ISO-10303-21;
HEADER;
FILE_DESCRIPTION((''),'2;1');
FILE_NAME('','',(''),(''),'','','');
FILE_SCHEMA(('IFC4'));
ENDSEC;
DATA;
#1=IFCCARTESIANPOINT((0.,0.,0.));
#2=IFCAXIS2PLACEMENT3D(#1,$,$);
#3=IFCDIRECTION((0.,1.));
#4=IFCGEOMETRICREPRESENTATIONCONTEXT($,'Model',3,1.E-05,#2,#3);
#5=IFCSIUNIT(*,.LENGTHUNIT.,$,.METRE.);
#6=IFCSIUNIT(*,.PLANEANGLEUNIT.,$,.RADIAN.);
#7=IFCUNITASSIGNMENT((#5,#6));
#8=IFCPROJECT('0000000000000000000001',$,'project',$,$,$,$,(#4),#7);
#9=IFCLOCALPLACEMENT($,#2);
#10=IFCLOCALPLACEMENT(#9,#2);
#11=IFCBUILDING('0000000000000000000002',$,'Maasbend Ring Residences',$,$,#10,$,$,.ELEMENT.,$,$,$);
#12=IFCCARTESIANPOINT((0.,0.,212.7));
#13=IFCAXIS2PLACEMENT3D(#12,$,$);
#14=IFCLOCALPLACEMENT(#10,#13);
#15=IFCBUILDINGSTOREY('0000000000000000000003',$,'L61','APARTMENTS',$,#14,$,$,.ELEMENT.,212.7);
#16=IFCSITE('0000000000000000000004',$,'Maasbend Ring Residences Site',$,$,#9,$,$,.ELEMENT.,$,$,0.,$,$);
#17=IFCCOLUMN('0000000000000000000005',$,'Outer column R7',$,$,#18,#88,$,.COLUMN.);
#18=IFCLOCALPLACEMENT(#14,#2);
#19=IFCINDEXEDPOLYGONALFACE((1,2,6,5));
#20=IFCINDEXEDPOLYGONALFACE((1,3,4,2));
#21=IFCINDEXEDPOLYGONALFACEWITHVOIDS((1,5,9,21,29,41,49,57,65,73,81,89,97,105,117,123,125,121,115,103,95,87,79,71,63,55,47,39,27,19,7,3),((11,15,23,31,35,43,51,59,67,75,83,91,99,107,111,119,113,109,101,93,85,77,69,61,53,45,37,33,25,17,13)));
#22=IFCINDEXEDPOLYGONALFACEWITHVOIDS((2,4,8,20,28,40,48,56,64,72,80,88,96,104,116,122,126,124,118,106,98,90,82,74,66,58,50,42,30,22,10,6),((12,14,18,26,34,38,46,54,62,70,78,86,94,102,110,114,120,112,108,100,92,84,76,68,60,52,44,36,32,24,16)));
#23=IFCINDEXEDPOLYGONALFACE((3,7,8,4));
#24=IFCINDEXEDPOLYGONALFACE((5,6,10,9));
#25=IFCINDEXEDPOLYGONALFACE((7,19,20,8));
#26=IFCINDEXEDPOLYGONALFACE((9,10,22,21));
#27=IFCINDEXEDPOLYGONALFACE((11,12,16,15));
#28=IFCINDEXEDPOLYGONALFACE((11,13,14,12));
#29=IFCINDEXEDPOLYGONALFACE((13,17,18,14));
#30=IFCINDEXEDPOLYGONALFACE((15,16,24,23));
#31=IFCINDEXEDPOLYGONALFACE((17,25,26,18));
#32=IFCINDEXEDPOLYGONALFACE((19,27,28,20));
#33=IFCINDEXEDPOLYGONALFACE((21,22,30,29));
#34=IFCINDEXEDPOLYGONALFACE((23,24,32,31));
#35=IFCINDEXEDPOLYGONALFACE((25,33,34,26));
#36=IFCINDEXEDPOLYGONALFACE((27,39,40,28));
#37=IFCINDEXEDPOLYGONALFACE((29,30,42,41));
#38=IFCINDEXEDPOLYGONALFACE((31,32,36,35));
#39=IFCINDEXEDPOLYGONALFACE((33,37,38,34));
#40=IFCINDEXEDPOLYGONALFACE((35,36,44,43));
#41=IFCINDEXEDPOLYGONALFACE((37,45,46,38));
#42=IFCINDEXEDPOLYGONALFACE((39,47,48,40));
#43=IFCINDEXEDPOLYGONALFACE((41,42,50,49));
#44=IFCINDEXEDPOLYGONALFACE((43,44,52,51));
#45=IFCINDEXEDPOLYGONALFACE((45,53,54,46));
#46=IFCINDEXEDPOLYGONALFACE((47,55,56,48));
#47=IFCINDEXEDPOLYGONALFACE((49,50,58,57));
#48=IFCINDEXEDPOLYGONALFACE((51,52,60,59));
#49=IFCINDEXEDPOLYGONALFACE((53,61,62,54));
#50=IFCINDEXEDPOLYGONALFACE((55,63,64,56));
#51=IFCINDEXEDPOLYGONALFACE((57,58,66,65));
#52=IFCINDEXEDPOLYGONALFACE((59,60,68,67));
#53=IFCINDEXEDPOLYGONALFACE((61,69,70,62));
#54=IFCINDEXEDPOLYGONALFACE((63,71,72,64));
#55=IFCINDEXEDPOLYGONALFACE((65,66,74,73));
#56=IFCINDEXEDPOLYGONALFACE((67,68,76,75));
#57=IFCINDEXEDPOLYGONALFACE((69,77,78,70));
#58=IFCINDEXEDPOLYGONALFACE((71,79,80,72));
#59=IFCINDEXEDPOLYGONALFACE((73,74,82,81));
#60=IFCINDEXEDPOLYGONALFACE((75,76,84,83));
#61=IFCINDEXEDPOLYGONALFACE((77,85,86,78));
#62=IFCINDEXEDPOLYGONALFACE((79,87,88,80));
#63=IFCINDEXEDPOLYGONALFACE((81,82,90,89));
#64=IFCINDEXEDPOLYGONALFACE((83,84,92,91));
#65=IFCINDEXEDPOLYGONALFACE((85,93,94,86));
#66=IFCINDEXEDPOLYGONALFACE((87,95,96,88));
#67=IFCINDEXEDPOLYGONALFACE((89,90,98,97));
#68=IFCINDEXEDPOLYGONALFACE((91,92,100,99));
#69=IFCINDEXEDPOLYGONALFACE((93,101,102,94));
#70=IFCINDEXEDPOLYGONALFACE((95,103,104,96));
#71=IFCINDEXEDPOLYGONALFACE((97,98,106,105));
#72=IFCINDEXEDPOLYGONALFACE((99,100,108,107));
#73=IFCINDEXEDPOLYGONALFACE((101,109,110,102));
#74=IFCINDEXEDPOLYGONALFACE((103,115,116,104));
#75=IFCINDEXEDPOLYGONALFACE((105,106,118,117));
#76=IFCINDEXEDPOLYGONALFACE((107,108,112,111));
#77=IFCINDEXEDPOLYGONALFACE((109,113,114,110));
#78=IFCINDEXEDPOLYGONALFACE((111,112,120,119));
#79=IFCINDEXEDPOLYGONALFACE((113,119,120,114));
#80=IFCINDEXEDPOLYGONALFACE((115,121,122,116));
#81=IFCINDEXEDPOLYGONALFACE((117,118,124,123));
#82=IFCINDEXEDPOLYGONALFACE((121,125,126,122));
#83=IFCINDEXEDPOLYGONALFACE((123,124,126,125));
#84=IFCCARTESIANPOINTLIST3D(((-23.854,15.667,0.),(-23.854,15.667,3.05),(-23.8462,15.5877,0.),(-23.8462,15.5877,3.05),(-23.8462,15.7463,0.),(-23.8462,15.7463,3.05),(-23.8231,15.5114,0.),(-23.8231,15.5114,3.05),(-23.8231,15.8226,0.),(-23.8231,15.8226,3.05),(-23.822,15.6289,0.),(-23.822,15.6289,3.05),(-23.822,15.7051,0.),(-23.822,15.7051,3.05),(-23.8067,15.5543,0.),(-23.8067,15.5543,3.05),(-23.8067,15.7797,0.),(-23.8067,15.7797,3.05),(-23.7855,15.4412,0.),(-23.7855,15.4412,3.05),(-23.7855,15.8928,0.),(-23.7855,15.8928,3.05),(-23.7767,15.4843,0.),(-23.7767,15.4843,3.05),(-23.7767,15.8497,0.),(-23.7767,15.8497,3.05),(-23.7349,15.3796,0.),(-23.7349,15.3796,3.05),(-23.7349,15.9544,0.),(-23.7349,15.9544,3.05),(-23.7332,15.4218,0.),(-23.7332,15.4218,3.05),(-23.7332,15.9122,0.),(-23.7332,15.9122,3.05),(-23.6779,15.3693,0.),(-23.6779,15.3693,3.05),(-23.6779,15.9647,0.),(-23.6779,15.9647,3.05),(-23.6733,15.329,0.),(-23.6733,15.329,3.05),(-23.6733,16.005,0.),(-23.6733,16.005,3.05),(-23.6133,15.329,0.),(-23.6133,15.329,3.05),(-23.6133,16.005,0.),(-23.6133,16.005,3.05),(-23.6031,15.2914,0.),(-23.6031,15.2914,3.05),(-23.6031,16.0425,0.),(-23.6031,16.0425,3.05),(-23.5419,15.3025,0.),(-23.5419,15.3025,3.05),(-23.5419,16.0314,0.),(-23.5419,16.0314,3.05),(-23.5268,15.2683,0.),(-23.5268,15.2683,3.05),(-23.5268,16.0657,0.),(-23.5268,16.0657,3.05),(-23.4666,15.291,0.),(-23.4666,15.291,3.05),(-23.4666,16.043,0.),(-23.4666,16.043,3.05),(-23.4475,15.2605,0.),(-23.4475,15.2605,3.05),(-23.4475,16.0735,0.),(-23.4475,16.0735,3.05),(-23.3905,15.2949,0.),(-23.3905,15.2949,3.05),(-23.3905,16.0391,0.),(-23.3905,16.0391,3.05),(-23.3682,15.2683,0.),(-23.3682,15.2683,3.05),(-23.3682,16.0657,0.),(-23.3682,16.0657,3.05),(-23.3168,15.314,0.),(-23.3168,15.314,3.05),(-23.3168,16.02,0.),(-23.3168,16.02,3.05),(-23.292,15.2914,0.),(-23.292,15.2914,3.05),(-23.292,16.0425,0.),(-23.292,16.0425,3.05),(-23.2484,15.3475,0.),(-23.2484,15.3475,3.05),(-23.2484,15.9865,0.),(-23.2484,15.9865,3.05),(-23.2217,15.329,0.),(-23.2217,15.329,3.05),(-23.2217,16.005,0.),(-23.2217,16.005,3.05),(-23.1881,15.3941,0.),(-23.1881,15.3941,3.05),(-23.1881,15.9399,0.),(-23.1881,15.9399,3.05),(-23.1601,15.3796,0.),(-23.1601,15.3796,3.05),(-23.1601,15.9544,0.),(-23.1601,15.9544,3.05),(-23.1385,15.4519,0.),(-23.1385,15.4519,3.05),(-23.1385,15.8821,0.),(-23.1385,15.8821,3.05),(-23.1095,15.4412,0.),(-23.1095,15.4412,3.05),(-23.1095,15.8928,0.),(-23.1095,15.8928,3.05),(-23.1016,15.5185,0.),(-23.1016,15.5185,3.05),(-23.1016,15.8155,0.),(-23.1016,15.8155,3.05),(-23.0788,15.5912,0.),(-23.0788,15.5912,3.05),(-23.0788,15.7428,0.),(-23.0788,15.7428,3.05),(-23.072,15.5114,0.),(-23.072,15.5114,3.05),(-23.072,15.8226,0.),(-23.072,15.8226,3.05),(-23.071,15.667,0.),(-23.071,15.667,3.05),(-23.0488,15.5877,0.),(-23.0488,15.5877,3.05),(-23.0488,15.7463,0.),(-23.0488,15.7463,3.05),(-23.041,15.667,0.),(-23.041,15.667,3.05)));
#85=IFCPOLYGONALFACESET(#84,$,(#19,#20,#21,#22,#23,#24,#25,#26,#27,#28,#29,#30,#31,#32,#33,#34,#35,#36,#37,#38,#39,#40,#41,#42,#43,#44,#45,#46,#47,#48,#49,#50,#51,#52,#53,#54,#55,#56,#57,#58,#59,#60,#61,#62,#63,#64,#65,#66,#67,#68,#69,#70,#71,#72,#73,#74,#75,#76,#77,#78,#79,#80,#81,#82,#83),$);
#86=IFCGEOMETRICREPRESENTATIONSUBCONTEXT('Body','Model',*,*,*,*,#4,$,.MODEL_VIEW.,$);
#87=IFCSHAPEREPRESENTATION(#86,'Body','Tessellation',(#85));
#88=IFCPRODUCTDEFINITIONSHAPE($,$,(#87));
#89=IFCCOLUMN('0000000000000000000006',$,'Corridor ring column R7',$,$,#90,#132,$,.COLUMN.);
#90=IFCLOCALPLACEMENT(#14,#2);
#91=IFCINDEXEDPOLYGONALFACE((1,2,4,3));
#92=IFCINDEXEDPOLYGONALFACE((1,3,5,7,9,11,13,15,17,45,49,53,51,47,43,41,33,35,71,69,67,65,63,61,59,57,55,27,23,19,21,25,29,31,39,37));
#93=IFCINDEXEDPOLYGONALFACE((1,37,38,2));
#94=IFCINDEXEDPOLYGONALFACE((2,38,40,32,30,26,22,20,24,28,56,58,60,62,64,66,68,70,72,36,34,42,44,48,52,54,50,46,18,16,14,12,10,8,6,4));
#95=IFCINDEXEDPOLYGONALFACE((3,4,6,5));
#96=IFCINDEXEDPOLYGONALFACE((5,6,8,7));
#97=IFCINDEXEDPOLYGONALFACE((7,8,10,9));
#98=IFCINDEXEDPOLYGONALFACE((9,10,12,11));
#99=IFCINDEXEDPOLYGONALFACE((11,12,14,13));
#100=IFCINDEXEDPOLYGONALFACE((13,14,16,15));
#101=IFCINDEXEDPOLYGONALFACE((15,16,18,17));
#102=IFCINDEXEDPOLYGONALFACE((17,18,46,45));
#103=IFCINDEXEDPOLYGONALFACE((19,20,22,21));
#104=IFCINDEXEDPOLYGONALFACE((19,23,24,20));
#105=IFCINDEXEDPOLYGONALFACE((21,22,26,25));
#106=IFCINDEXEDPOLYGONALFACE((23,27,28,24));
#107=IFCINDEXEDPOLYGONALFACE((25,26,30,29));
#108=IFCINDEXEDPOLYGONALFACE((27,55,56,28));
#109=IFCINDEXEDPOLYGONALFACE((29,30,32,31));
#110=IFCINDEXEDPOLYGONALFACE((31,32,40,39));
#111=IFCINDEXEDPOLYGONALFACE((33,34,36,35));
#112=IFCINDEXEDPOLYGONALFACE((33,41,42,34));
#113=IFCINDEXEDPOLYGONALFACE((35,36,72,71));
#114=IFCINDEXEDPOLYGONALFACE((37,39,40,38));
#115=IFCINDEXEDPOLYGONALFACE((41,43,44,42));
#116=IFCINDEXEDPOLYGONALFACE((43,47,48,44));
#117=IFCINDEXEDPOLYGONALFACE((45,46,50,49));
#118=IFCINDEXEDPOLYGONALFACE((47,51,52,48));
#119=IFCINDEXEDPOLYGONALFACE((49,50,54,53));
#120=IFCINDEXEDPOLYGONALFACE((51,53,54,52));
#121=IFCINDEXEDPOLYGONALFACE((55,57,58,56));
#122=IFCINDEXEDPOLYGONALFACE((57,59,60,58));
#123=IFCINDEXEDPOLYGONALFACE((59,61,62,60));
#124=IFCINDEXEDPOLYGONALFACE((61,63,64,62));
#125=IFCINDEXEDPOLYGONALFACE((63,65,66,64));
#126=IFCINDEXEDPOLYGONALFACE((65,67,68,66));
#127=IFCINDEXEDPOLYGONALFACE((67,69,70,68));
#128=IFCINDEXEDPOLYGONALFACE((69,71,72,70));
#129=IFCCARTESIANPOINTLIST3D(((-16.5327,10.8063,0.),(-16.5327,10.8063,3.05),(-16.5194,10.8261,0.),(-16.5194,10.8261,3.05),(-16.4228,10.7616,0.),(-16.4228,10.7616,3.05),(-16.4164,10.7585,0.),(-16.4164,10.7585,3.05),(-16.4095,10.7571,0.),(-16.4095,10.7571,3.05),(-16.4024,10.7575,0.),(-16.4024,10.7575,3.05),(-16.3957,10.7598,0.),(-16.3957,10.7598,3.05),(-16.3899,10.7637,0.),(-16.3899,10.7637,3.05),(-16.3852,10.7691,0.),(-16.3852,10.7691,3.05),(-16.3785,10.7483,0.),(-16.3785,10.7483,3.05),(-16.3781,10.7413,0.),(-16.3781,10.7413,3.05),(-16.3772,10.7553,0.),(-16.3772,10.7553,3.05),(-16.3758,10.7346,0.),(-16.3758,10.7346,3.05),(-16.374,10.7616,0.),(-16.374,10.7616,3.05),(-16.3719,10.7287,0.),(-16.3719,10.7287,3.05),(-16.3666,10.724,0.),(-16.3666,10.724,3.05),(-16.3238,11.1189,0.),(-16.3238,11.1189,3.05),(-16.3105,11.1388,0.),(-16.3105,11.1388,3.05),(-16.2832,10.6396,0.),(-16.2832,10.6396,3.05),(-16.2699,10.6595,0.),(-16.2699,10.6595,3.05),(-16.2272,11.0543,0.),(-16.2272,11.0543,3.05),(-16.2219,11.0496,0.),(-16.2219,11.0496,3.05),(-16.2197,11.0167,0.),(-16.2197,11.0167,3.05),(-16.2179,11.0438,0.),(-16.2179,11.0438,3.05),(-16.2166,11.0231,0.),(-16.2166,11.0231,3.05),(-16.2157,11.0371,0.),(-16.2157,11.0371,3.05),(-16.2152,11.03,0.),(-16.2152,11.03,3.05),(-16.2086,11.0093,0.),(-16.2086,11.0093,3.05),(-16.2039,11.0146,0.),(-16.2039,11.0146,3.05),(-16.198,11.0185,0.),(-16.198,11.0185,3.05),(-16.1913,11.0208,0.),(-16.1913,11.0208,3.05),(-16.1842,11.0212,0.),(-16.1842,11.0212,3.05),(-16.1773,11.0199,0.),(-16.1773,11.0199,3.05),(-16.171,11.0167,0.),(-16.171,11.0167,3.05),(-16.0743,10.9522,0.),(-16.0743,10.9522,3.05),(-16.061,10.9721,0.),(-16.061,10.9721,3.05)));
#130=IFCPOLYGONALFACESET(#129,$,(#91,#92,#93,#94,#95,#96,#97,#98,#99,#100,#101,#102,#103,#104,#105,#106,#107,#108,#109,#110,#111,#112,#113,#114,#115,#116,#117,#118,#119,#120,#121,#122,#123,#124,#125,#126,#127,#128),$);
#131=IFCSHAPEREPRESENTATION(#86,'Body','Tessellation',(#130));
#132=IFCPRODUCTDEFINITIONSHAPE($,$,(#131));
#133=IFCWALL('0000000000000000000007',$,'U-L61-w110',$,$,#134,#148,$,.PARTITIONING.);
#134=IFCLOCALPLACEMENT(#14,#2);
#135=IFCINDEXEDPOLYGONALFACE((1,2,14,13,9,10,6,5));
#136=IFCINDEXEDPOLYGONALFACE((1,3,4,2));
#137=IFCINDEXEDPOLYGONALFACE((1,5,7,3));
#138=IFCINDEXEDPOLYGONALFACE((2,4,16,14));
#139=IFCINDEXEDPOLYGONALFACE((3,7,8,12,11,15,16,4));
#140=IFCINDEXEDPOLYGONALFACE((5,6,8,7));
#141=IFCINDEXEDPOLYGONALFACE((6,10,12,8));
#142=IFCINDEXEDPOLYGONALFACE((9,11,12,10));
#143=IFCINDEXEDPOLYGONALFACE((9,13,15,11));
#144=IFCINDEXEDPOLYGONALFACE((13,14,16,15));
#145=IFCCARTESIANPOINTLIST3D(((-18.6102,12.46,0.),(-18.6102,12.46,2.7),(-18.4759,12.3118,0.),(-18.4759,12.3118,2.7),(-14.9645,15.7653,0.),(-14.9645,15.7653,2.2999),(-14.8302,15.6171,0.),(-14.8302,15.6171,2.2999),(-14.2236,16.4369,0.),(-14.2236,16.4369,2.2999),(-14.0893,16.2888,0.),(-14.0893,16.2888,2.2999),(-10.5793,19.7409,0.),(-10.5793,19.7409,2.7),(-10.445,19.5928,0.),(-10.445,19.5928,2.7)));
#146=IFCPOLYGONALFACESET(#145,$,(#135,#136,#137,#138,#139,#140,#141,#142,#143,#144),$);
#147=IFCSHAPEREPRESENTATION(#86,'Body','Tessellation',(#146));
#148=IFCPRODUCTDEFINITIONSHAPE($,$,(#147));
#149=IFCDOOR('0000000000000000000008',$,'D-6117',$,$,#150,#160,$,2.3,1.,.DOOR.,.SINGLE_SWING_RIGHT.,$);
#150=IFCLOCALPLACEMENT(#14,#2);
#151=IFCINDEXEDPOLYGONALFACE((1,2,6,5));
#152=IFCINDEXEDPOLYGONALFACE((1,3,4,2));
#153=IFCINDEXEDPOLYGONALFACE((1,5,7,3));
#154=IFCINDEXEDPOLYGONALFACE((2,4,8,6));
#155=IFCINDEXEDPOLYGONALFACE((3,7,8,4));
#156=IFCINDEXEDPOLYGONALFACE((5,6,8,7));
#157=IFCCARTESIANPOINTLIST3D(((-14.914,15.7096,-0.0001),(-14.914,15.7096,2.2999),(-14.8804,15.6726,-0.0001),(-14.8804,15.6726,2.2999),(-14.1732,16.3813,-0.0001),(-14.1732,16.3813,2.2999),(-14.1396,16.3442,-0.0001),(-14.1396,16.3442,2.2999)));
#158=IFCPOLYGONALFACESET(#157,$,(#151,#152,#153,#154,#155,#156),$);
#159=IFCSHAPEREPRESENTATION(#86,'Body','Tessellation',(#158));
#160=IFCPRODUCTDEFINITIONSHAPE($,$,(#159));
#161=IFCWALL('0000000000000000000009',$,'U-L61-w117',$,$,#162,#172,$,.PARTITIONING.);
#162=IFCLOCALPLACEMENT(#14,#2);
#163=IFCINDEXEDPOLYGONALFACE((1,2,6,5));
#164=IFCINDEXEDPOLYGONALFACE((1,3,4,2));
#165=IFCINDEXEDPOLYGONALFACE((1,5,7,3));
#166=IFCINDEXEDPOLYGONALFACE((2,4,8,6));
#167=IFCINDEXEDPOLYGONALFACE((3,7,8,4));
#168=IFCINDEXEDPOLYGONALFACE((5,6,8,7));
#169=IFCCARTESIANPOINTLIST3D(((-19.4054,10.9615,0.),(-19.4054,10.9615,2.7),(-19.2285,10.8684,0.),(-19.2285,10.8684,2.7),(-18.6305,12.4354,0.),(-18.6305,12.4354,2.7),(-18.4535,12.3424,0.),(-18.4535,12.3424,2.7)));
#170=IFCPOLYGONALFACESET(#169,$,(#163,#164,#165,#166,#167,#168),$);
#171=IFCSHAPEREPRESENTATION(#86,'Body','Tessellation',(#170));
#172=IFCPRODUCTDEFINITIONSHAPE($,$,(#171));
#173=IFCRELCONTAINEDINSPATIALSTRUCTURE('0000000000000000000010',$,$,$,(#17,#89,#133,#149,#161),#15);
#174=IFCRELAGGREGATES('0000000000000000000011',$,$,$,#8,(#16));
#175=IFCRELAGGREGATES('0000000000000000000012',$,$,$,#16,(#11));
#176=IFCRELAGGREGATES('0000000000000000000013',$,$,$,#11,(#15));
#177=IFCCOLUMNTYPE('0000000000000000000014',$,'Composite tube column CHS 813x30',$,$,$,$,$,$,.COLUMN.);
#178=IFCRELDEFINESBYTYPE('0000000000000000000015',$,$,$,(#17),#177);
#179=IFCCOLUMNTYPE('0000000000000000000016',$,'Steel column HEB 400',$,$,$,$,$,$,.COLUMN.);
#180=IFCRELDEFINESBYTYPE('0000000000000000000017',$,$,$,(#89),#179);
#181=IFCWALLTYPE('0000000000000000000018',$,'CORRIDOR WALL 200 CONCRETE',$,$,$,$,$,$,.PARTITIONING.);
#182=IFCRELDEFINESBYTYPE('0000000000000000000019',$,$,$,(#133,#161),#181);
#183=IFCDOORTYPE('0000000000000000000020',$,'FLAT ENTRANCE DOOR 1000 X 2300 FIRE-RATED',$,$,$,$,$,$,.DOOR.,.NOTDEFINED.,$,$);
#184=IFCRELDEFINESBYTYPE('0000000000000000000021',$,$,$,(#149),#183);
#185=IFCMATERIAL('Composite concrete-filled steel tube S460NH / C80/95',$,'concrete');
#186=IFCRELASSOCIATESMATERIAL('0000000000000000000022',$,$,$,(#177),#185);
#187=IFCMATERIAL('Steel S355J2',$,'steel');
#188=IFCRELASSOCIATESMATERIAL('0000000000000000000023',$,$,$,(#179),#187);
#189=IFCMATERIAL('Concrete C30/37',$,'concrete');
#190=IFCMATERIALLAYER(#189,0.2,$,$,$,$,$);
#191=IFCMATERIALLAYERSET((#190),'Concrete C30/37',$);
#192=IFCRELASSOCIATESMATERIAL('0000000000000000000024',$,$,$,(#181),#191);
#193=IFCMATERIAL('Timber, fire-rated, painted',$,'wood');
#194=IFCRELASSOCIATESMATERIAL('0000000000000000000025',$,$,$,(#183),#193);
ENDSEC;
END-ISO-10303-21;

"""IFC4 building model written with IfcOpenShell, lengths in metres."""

from ifc_helpers import new_model, si_unit, direction, frame, frame_2d, origin, origin_2d, place, context, subcontext, project, spatial, rectangle, hollow_circle, i_section, extrude, material, layer, layer_set, material_profile, profile_set, type_object, element, fill, save


model = new_model("IFC4")

# Units and contexts
model_context = context("Model", 3, precision=1e-05, world=origin(), true_north=direction((0.0, 1.0)))
body_context = subcontext(model_context, "Body", "Model", "MODEL_VIEW")
ifc_project = project(units=[si_unit("LENGTHUNIT", "METRE"), si_unit("PLANEANGLEUNIT", "RADIAN")], contexts=[model_context])

# Site, building, storey
site_placement = place(None, origin())
site = spatial("IfcSite", under=ifc_project, at=site_placement, Name="Maasbend Ring Residences Site", CompositionType="ELEMENT", RefElevation=0.0)
building_placement = place(site_placement, origin())
building = spatial("IfcBuilding", under=site, at=building_placement, Name="Maasbend Ring Residences", CompositionType="ELEMENT")
storey_placement = place(building_placement, frame((0.0, 0.0, 212.7)))
storey = spatial("IfcBuildingStorey", under=building, at=storey_placement, Name="L61", Description="APARTMENTS", CompositionType="ELEMENT", Elevation=212.7)

# Columns
ifc_material_1 = material(Name="Composite concrete-filled steel tube S460NH / C80/95", Category="concrete")
ifc_material_profile_1 = material_profile(ifc_material_1, hollow_circle(Radius=0.4065, WallThickness=0.03, at=origin_2d()), Name="Composite tube column CHS 813x30")
ifc_profile_set_1 = profile_set([ifc_material_profile_1], Name="Composite concrete-filled steel tube S460NH / C80/95")
column_type_1 = type_object("IfcColumnType", Name="Composite tube column CHS 813x30", PredefinedType="COLUMN", material=ifc_profile_set_1)
column_1_placement = place(storey_placement, frame((-23.4475, 15.667, 0.0), z_axis=(0.0, 0.0, 1.0), x_axis=(1.0, 0.0, 0.0)))
element("IfcColumn", 1, at=column_1_placement, inside=storey, type_object=column_type_1, Name="Outer column R7", PredefinedType="COLUMN", context=body_context, shape_type="SweptSolid", body=[
    extrude(hollow_circle(Radius=0.4065, WallThickness=0.03, at=origin_2d()), origin(), (0.0, 0.0, 1.0), 3.05),
])
ifc_material_2 = material(Name="Steel S355J2", Category="steel")
ifc_material_profile_2 = material_profile(ifc_material_2, i_section(OverallWidth=0.3, OverallDepth=0.3999, WebThickness=0.0134, FlangeThickness=0.0239, FilletRadius=0.0271, at=origin_2d()), Name="HEB 400")
ifc_profile_set_2 = profile_set([ifc_material_profile_2], Name="Steel S355J2")
column_type_2 = type_object("IfcColumnType", Name="Steel column HEB 400", PredefinedType="COLUMN", material=ifc_profile_set_2)
column_2_placement = place(storey_placement, frame((-16.2969, 10.8892, 0.0), z_axis=(0.0, 0.0, 1.0), x_axis=(-0.83147, 0.55557, 0.0)))
element("IfcColumn", 2, at=column_2_placement, inside=storey, type_object=column_type_2, Name="Corridor ring column R7", PredefinedType="COLUMN", context=body_context, shape_type="SweptSolid", body=[
    extrude(i_section(OverallWidth=0.3, OverallDepth=0.3999, WebThickness=0.0134, FlangeThickness=0.0239, FilletRadius=0.0271, at=origin_2d()), origin(), (0.0, 0.0, 1.0), 3.05),
])

# Wall, opening, door
ifc_material_3 = material(Name="Concrete C30/37", Category="concrete")
ifc_layer_1 = layer(ifc_material_3, 0.2)
ifc_layer_set_1 = layer_set([ifc_layer_1], Name="Concrete C30/37")
wall_type_1 = type_object("IfcWallType", Name="CORRIDOR WALL 200 CONCRETE", PredefinedType="PARTITIONING", material=ifc_layer_set_1)
wall_1_placement = place(storey_placement, frame((-18.543, 12.386, 0.0), z_axis=(0.0, 0.0, 1.0), x_axis=(0.740854, 0.671667, 0.0)))
wall_1 = element("IfcWall", 3, at=wall_1_placement, inside=storey, type_object=wall_type_1, Name="U-L61-w110", PredefinedType="PARTITIONING", context=body_context, shape_type="SweptSolid", body=[
    extrude(rectangle(XDim=10.8401, YDim=0.2, at=frame_2d((5.4199, 0.0))), origin(), (0.0, 0.0, 1.0), 2.7),
])
opening_1_placement = place(wall_1_placement, frame((4.9209, 0.0, 0.0)))
opening_1 = element("IfcOpeningElement", 4, at=opening_1_placement, cuts=wall_1, PredefinedType="OPENING", context=body_context, shape_type="SweptSolid", body=[
    extrude(rectangle(XDim=1.0, YDim=2.3, at=frame_2d((0.5, 1.1499))), frame((0.0, 0.1099, 0.0), z_axis=(0.0, -1.0, 0.0), x_axis=(1.0, 0.0, 0.0)), (0.0, 0.0, 1.0), 0.22),
])
ifc_material_4 = material(Name="Timber, fire-rated, painted", Category="wood")
door_type_1 = type_object("IfcDoorType", Name="FLAT ENTRANCE DOOR 1000 X 2300 FIRE-RATED", OperationType="NOTDEFINED", PredefinedType="DOOR", material=ifc_material_4)
door_1_placement = place(opening_1_placement, origin())
door_1 = element("IfcDoor", 5, at=door_1_placement, inside=storey, type_object=door_type_1, Name="D-6117", OperationType="SINGLE_SWING_RIGHT", OverallHeight=2.3, OverallWidth=1.0, PredefinedType="DOOR", context=body_context, shape_type="SweptSolid", body=[
    extrude(rectangle(XDim=1.0, YDim=2.3, at=frame_2d((0.5, 1.1499))), frame((0.0, 0.0249, 0.0), z_axis=(0.0, -1.0, 0.0), x_axis=(1.0, 0.0, 0.0)), (0.0, 0.0, 1.0), 0.05),
])
fill(opening_1, door_1)

# Wall
wall_2_placement = place(storey_placement, frame((-19.3169, 10.915, 0.0), z_axis=(0.0, 0.0, 1.0), x_axis=(0.46536, 0.885122, 0.0)))
element("IfcWall", 6, at=wall_2_placement, inside=storey, type_object=wall_type_1, Name="U-L61-w117", PredefinedType="PARTITIONING", context=body_context, shape_type="SweptSolid", body=[
    extrude(rectangle(XDim=1.6653, YDim=0.2, at=frame_2d((0.8325, 0.0))), origin(), (0.0, 0.0, 1.0), 2.7),
])

save(model, "model.ifc")
